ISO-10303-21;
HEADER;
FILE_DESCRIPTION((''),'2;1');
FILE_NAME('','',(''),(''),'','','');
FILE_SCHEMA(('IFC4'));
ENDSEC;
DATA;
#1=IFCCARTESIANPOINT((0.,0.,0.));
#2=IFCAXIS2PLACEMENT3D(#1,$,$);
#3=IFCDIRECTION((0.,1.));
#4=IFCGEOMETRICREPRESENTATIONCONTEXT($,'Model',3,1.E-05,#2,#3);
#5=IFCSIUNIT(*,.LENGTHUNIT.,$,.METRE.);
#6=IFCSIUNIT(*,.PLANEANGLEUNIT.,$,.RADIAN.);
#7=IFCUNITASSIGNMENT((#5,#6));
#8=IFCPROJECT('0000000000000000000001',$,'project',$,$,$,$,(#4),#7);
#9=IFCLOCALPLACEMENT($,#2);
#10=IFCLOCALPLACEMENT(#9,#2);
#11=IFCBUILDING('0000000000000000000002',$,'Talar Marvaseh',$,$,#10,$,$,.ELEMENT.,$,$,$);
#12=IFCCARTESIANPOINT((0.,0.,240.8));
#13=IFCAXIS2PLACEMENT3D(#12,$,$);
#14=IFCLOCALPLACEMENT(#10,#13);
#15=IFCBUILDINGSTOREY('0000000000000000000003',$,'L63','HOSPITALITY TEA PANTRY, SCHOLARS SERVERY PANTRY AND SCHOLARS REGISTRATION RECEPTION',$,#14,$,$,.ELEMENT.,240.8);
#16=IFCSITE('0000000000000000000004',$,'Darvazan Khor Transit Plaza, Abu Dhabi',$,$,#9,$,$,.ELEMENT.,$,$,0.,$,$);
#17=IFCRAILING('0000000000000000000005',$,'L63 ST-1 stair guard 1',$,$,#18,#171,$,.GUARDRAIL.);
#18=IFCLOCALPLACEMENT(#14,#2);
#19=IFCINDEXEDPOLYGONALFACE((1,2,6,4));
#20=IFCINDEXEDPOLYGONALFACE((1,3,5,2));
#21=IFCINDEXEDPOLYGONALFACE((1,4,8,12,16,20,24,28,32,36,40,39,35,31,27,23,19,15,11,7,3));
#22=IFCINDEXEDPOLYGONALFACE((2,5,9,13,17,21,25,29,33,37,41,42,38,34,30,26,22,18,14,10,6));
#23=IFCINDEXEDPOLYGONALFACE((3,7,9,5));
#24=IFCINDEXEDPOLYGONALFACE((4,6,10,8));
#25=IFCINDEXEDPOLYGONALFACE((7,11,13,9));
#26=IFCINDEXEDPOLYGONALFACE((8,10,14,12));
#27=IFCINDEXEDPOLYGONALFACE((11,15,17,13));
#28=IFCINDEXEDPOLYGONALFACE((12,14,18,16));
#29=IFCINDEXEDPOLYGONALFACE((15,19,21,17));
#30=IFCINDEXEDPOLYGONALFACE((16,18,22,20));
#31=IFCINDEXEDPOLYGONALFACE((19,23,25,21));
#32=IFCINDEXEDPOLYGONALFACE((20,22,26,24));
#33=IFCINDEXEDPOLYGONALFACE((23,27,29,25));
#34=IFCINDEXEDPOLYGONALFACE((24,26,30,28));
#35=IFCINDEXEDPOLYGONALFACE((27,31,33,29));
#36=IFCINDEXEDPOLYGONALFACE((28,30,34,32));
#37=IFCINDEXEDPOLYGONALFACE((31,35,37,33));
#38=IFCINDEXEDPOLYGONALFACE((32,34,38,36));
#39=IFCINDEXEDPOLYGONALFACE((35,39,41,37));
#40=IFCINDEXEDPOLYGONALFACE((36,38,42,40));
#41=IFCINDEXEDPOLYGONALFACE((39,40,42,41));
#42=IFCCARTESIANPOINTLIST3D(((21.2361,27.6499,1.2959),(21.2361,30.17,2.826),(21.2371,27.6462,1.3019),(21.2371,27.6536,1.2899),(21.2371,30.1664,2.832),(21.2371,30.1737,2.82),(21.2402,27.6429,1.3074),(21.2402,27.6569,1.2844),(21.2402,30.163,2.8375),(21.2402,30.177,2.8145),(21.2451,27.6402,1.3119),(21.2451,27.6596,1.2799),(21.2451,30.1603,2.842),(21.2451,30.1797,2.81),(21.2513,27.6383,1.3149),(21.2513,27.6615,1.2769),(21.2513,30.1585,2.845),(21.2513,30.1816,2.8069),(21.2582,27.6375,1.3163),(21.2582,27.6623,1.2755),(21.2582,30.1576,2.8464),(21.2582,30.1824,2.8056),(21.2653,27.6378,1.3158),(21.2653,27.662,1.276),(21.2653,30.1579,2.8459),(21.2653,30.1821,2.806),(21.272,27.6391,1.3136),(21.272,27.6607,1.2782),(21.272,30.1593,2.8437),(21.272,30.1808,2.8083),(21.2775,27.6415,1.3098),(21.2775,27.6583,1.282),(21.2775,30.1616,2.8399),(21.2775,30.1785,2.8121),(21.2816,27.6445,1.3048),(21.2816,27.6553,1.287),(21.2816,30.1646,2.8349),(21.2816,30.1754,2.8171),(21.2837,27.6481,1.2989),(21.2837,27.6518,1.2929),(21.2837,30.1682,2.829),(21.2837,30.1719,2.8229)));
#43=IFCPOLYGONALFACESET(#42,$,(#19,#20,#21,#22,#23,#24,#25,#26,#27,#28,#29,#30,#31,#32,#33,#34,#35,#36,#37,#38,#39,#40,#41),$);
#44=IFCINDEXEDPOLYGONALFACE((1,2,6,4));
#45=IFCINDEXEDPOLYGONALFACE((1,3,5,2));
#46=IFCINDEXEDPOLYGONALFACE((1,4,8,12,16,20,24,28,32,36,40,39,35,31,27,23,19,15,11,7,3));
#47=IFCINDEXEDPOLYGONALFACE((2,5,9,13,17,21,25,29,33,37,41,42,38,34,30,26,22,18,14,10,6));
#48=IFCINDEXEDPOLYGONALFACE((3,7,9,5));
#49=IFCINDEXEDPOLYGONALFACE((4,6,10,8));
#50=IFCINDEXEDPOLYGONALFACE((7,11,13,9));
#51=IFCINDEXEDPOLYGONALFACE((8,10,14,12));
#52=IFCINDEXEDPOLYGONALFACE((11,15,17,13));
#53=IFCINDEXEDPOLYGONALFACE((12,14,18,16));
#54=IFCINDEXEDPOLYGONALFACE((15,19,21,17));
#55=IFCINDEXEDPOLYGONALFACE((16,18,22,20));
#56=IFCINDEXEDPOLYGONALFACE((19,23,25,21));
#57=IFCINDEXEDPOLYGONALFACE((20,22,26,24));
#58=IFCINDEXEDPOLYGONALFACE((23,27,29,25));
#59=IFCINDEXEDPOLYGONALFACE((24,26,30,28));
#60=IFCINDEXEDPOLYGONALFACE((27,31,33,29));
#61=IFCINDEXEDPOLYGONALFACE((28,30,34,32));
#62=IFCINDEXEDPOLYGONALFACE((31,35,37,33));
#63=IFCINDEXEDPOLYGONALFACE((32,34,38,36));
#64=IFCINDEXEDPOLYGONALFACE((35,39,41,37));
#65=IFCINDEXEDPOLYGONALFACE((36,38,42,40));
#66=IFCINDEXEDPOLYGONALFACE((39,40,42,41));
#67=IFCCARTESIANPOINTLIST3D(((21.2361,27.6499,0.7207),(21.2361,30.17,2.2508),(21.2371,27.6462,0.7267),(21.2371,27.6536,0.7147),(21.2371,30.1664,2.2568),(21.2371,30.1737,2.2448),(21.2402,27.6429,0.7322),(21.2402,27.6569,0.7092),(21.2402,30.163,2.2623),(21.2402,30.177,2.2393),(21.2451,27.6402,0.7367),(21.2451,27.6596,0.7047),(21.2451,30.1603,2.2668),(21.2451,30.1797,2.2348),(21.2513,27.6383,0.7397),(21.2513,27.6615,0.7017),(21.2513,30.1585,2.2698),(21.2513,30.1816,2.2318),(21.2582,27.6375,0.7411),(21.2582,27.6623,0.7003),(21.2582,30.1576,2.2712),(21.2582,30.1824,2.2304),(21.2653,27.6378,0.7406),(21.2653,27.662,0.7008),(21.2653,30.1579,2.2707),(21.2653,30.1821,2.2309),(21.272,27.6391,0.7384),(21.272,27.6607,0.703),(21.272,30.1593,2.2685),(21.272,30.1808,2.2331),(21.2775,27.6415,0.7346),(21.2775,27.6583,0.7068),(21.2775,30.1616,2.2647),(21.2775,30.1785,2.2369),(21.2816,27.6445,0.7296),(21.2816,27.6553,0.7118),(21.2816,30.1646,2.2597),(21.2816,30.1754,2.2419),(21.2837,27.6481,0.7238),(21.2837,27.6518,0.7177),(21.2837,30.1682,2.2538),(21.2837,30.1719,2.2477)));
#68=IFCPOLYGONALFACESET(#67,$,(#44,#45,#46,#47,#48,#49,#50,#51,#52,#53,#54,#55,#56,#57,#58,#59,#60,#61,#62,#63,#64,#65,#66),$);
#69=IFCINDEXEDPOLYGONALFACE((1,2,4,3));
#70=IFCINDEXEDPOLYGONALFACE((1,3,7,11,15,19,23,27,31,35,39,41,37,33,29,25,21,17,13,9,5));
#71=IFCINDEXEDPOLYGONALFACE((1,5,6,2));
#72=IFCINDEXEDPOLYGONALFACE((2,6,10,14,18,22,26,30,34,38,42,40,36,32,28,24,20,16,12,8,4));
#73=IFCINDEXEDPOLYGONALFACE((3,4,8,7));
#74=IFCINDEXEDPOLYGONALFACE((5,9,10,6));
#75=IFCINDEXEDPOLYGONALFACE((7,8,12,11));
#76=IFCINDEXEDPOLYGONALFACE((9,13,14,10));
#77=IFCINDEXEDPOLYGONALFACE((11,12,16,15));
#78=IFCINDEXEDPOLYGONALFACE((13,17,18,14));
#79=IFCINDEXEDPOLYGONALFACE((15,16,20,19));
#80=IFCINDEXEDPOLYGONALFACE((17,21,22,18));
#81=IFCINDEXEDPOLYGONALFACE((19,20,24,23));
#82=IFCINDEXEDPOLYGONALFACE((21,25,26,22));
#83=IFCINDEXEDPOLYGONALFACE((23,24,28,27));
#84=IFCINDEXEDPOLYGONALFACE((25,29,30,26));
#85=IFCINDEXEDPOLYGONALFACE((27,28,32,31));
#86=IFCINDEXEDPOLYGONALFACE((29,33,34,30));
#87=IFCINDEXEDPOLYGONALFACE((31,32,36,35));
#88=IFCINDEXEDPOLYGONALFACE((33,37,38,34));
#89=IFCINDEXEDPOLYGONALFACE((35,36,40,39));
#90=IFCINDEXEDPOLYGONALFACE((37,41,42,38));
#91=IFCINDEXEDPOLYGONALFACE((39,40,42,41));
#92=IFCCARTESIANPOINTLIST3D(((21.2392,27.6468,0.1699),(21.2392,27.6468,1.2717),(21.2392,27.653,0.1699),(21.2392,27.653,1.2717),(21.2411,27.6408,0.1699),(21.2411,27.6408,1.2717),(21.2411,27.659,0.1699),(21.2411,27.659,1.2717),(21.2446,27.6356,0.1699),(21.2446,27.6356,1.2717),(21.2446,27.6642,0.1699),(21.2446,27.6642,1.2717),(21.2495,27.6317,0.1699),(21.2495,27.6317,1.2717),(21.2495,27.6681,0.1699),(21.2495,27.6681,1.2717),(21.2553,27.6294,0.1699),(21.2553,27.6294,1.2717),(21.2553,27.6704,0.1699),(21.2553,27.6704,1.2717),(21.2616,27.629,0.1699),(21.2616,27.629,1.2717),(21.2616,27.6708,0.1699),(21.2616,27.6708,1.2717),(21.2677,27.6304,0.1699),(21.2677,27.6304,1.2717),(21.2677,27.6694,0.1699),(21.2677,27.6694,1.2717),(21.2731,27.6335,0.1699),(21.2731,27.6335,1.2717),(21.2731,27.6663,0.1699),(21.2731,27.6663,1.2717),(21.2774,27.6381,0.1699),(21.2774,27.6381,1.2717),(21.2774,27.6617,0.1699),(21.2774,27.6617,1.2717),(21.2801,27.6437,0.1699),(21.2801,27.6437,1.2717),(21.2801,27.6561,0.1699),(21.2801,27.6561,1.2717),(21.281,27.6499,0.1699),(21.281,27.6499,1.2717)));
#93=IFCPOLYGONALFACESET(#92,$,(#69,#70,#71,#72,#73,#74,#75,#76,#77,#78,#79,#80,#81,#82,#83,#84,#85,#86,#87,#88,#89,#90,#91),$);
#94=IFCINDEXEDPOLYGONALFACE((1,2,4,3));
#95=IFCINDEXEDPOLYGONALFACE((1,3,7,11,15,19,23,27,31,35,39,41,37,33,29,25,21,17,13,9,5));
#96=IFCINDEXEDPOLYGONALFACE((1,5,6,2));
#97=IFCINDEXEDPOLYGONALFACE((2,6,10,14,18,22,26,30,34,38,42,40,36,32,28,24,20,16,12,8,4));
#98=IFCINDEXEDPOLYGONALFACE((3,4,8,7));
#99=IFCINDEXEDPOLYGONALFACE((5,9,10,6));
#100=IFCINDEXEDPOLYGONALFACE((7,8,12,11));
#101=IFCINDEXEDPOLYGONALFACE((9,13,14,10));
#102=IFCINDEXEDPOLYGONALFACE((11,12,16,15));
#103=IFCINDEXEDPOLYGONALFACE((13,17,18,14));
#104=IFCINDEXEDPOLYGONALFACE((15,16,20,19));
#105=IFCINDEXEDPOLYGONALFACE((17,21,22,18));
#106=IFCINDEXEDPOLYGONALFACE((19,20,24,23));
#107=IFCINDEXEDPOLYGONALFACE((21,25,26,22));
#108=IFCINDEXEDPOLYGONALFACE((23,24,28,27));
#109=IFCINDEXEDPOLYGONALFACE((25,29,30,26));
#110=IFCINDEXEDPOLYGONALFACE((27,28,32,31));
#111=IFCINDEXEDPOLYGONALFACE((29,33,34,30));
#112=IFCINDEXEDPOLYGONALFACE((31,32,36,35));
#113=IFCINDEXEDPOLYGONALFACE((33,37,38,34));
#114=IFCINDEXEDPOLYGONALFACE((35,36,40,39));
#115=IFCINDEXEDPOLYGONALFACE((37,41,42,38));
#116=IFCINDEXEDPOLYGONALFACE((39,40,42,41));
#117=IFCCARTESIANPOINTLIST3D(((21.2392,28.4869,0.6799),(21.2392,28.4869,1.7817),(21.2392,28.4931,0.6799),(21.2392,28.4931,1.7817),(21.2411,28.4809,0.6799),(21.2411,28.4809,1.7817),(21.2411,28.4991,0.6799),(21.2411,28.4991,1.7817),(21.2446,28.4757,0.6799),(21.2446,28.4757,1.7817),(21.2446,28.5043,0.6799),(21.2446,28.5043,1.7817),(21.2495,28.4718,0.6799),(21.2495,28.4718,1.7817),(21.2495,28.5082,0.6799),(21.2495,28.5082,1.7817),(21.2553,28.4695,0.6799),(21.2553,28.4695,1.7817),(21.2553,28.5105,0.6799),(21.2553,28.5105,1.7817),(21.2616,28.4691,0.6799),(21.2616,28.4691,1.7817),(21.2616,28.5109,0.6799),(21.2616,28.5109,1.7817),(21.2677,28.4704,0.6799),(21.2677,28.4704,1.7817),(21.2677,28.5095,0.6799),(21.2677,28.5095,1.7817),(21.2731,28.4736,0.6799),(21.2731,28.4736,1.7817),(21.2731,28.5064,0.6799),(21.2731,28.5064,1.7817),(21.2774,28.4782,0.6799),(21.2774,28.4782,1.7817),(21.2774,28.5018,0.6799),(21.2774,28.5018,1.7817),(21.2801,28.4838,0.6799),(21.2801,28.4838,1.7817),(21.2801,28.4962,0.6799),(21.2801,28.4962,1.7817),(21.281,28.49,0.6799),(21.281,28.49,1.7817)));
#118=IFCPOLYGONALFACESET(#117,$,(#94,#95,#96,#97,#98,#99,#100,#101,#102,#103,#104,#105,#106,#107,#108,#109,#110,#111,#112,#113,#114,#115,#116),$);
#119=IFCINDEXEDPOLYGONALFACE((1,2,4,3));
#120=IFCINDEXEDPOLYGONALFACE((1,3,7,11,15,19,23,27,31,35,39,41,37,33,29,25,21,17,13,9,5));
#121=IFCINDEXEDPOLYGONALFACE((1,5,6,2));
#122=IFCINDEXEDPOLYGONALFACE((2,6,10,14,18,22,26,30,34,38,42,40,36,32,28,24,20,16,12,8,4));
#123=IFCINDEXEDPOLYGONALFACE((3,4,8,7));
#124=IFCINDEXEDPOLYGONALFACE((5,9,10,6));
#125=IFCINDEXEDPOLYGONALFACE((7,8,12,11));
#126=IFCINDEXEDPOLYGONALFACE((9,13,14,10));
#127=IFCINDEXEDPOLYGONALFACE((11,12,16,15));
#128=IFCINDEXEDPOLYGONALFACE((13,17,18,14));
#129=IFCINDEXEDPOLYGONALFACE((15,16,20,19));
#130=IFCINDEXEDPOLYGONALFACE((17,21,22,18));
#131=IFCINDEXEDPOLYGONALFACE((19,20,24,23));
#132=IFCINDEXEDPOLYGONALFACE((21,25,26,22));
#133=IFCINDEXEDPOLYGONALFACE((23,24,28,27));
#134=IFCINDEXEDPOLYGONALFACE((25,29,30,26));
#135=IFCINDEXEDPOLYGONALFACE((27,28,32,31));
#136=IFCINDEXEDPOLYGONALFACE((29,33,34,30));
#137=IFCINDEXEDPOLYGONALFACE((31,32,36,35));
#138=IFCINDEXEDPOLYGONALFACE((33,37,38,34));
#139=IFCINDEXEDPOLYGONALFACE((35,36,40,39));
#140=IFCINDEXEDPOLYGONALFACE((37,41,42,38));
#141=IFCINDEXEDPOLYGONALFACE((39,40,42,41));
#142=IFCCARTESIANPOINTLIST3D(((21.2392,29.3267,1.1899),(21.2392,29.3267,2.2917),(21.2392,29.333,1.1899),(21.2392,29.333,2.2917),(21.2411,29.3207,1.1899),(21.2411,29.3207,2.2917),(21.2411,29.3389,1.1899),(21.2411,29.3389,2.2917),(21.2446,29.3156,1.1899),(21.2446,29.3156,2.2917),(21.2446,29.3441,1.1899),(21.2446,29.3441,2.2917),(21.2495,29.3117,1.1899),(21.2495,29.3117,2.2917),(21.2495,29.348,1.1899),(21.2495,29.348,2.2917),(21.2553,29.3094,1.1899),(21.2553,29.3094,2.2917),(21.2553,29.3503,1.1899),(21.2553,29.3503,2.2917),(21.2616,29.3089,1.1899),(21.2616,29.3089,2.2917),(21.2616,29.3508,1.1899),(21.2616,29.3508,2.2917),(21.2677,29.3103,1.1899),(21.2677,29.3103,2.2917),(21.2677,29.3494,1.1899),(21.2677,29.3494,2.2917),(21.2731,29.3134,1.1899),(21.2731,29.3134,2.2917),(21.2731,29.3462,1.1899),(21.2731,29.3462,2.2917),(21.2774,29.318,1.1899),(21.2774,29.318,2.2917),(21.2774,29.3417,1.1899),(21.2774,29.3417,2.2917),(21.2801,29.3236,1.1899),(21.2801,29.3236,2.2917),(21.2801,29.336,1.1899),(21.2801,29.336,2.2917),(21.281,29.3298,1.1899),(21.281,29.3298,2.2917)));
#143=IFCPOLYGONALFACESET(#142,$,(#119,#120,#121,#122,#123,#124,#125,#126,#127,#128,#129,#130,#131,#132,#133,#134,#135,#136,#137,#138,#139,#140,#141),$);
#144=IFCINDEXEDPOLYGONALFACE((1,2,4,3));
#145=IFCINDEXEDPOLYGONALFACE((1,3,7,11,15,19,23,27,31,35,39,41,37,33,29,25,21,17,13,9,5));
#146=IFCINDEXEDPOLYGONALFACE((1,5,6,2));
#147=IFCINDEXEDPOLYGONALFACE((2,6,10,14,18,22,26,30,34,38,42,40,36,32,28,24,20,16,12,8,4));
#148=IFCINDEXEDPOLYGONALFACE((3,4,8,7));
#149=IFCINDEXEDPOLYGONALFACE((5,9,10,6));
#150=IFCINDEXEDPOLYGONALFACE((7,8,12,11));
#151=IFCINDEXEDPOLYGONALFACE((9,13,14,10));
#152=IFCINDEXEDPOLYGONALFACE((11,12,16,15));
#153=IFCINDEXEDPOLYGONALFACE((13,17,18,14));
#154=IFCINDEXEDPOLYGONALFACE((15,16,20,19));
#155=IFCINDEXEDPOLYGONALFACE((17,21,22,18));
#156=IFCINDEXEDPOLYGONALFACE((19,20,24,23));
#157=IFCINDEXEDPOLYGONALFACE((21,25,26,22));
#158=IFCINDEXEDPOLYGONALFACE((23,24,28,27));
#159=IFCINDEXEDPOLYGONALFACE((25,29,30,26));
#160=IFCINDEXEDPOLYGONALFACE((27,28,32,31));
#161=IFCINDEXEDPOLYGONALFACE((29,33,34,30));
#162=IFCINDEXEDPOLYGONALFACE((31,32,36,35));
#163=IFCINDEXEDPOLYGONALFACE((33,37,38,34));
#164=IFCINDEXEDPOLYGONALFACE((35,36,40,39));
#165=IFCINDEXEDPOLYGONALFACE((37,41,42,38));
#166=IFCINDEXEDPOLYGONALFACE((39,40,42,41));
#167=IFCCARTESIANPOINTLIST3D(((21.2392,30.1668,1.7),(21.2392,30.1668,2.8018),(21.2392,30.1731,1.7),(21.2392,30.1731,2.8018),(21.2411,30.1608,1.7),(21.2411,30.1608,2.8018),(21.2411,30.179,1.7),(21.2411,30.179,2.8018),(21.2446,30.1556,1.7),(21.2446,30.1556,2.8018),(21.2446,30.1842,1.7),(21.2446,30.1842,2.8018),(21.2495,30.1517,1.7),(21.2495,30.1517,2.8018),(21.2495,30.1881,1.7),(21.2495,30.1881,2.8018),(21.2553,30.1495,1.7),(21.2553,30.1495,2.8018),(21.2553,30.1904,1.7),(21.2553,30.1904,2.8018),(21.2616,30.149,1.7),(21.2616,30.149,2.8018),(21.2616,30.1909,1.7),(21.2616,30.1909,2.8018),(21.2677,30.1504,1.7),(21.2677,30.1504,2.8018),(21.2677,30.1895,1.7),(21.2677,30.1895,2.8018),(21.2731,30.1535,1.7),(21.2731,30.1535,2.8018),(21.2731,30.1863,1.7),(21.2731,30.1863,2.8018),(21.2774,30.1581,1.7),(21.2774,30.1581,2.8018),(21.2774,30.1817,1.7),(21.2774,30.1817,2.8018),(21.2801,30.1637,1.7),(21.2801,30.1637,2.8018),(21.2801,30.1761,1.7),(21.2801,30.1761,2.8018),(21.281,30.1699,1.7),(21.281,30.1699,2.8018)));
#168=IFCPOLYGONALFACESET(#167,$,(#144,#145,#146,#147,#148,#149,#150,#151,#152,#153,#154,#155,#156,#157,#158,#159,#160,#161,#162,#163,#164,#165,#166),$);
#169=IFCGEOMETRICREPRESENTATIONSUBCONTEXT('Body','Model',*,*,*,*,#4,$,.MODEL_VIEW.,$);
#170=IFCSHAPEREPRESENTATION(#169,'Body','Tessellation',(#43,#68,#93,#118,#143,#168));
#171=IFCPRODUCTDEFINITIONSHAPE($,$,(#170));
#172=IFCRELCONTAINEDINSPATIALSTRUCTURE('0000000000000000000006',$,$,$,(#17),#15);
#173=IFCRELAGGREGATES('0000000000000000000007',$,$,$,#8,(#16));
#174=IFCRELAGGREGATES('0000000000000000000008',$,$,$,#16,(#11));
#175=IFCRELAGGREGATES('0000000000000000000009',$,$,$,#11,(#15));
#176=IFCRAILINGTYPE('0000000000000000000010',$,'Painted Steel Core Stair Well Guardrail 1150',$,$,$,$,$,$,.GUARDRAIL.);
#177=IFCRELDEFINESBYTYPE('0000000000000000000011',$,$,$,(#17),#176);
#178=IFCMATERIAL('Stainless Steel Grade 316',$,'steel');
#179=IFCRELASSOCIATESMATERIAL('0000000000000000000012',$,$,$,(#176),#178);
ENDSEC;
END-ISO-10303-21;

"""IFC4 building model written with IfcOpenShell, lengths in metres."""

from ifc_helpers import new_model, si_unit, direction, frame, origin, origin_2d, place, context, subcontext, project, spatial, circle, extrude, material, type_object, element, save


model = new_model("IFC4")

# Units and contexts
model_context = context("Model", 3, precision=1e-05, world=origin(), true_north=direction((0.0, 1.0)))
body_context = subcontext(model_context, "Body", "Model", "MODEL_VIEW")
ifc_project = project(units=[si_unit("LENGTHUNIT", "METRE"), si_unit("PLANEANGLEUNIT", "RADIAN")], contexts=[model_context])

# Site, building, storey
site_placement = place(None, origin())
site = spatial("IfcSite", under=ifc_project, at=site_placement, Name="Darvazan Khor Transit Plaza, Abu Dhabi", CompositionType="ELEMENT", RefElevation=0.0)
building_placement = place(site_placement, origin())
building = spatial("IfcBuilding", under=site, at=building_placement, Name="Talar Marvaseh", CompositionType="ELEMENT")
storey_placement = place(building_placement, frame((0.0, 0.0, 240.8)))
storey = spatial("IfcBuildingStorey", under=building, at=storey_placement, Name="L63", Description="HOSPITALITY TEA PANTRY, SCHOLARS SERVERY PANTRY AND SCHOLARS REGISTRATION RECEPTION", CompositionType="ELEMENT", Elevation=240.8)

# Railing
ifc_material_1 = material(Name="Stainless Steel Grade 316", Category="steel")
railing_type_1 = type_object("IfcRailingType", Name="Painted Steel Core Stair Well Guardrail 1150", PredefinedType="GUARDRAIL", material=ifc_material_1)
railing_1_placement = place(storey_placement, frame((21.26, 27.6499, 0.1699)))
element("IfcRailing", 1, at=railing_1_placement, inside=storey, type_object=railing_type_1, Name="L63 ST-1 stair guard 1", PredefinedType="GUARDRAIL", context=body_context, shape_type="SweptSolid", body=[
    extrude(circle(Radius=0.0239, at=origin_2d()), frame((0.0, 0.0, 1.126), z_axis=(0.0, 0.854785, 0.518982), x_axis=(-1.0, 0.0, 0.0)), (0.0, 0.0, 1.0), 2.9482),
    extrude(circle(Radius=0.0239, at=origin_2d()), frame((0.0, 0.0, 0.5508), z_axis=(0.0, 0.854785, 0.518982), x_axis=(-1.0, 0.0, 0.0)), (0.0, 0.0, 1.0), 2.9482),
    extrude(circle(Radius=0.021, at=origin_2d()), origin(), (0.0, 0.0, 1.0), 1.1018),
    extrude(circle(Radius=0.021, at=origin_2d()), frame((0.0, 0.8401, 0.51)), (0.0, 0.0, 1.0), 1.1018),
    extrude(circle(Radius=0.021, at=origin_2d()), frame((0.0, 1.6799, 1.02)), (0.0, 0.0, 1.0), 1.1018),
    extrude(circle(Radius=0.021, at=origin_2d()), frame((0.0, 2.52, 1.53)), (0.0, 0.0, 1.0), 1.1018),
])

save(model, "model.ifc")
